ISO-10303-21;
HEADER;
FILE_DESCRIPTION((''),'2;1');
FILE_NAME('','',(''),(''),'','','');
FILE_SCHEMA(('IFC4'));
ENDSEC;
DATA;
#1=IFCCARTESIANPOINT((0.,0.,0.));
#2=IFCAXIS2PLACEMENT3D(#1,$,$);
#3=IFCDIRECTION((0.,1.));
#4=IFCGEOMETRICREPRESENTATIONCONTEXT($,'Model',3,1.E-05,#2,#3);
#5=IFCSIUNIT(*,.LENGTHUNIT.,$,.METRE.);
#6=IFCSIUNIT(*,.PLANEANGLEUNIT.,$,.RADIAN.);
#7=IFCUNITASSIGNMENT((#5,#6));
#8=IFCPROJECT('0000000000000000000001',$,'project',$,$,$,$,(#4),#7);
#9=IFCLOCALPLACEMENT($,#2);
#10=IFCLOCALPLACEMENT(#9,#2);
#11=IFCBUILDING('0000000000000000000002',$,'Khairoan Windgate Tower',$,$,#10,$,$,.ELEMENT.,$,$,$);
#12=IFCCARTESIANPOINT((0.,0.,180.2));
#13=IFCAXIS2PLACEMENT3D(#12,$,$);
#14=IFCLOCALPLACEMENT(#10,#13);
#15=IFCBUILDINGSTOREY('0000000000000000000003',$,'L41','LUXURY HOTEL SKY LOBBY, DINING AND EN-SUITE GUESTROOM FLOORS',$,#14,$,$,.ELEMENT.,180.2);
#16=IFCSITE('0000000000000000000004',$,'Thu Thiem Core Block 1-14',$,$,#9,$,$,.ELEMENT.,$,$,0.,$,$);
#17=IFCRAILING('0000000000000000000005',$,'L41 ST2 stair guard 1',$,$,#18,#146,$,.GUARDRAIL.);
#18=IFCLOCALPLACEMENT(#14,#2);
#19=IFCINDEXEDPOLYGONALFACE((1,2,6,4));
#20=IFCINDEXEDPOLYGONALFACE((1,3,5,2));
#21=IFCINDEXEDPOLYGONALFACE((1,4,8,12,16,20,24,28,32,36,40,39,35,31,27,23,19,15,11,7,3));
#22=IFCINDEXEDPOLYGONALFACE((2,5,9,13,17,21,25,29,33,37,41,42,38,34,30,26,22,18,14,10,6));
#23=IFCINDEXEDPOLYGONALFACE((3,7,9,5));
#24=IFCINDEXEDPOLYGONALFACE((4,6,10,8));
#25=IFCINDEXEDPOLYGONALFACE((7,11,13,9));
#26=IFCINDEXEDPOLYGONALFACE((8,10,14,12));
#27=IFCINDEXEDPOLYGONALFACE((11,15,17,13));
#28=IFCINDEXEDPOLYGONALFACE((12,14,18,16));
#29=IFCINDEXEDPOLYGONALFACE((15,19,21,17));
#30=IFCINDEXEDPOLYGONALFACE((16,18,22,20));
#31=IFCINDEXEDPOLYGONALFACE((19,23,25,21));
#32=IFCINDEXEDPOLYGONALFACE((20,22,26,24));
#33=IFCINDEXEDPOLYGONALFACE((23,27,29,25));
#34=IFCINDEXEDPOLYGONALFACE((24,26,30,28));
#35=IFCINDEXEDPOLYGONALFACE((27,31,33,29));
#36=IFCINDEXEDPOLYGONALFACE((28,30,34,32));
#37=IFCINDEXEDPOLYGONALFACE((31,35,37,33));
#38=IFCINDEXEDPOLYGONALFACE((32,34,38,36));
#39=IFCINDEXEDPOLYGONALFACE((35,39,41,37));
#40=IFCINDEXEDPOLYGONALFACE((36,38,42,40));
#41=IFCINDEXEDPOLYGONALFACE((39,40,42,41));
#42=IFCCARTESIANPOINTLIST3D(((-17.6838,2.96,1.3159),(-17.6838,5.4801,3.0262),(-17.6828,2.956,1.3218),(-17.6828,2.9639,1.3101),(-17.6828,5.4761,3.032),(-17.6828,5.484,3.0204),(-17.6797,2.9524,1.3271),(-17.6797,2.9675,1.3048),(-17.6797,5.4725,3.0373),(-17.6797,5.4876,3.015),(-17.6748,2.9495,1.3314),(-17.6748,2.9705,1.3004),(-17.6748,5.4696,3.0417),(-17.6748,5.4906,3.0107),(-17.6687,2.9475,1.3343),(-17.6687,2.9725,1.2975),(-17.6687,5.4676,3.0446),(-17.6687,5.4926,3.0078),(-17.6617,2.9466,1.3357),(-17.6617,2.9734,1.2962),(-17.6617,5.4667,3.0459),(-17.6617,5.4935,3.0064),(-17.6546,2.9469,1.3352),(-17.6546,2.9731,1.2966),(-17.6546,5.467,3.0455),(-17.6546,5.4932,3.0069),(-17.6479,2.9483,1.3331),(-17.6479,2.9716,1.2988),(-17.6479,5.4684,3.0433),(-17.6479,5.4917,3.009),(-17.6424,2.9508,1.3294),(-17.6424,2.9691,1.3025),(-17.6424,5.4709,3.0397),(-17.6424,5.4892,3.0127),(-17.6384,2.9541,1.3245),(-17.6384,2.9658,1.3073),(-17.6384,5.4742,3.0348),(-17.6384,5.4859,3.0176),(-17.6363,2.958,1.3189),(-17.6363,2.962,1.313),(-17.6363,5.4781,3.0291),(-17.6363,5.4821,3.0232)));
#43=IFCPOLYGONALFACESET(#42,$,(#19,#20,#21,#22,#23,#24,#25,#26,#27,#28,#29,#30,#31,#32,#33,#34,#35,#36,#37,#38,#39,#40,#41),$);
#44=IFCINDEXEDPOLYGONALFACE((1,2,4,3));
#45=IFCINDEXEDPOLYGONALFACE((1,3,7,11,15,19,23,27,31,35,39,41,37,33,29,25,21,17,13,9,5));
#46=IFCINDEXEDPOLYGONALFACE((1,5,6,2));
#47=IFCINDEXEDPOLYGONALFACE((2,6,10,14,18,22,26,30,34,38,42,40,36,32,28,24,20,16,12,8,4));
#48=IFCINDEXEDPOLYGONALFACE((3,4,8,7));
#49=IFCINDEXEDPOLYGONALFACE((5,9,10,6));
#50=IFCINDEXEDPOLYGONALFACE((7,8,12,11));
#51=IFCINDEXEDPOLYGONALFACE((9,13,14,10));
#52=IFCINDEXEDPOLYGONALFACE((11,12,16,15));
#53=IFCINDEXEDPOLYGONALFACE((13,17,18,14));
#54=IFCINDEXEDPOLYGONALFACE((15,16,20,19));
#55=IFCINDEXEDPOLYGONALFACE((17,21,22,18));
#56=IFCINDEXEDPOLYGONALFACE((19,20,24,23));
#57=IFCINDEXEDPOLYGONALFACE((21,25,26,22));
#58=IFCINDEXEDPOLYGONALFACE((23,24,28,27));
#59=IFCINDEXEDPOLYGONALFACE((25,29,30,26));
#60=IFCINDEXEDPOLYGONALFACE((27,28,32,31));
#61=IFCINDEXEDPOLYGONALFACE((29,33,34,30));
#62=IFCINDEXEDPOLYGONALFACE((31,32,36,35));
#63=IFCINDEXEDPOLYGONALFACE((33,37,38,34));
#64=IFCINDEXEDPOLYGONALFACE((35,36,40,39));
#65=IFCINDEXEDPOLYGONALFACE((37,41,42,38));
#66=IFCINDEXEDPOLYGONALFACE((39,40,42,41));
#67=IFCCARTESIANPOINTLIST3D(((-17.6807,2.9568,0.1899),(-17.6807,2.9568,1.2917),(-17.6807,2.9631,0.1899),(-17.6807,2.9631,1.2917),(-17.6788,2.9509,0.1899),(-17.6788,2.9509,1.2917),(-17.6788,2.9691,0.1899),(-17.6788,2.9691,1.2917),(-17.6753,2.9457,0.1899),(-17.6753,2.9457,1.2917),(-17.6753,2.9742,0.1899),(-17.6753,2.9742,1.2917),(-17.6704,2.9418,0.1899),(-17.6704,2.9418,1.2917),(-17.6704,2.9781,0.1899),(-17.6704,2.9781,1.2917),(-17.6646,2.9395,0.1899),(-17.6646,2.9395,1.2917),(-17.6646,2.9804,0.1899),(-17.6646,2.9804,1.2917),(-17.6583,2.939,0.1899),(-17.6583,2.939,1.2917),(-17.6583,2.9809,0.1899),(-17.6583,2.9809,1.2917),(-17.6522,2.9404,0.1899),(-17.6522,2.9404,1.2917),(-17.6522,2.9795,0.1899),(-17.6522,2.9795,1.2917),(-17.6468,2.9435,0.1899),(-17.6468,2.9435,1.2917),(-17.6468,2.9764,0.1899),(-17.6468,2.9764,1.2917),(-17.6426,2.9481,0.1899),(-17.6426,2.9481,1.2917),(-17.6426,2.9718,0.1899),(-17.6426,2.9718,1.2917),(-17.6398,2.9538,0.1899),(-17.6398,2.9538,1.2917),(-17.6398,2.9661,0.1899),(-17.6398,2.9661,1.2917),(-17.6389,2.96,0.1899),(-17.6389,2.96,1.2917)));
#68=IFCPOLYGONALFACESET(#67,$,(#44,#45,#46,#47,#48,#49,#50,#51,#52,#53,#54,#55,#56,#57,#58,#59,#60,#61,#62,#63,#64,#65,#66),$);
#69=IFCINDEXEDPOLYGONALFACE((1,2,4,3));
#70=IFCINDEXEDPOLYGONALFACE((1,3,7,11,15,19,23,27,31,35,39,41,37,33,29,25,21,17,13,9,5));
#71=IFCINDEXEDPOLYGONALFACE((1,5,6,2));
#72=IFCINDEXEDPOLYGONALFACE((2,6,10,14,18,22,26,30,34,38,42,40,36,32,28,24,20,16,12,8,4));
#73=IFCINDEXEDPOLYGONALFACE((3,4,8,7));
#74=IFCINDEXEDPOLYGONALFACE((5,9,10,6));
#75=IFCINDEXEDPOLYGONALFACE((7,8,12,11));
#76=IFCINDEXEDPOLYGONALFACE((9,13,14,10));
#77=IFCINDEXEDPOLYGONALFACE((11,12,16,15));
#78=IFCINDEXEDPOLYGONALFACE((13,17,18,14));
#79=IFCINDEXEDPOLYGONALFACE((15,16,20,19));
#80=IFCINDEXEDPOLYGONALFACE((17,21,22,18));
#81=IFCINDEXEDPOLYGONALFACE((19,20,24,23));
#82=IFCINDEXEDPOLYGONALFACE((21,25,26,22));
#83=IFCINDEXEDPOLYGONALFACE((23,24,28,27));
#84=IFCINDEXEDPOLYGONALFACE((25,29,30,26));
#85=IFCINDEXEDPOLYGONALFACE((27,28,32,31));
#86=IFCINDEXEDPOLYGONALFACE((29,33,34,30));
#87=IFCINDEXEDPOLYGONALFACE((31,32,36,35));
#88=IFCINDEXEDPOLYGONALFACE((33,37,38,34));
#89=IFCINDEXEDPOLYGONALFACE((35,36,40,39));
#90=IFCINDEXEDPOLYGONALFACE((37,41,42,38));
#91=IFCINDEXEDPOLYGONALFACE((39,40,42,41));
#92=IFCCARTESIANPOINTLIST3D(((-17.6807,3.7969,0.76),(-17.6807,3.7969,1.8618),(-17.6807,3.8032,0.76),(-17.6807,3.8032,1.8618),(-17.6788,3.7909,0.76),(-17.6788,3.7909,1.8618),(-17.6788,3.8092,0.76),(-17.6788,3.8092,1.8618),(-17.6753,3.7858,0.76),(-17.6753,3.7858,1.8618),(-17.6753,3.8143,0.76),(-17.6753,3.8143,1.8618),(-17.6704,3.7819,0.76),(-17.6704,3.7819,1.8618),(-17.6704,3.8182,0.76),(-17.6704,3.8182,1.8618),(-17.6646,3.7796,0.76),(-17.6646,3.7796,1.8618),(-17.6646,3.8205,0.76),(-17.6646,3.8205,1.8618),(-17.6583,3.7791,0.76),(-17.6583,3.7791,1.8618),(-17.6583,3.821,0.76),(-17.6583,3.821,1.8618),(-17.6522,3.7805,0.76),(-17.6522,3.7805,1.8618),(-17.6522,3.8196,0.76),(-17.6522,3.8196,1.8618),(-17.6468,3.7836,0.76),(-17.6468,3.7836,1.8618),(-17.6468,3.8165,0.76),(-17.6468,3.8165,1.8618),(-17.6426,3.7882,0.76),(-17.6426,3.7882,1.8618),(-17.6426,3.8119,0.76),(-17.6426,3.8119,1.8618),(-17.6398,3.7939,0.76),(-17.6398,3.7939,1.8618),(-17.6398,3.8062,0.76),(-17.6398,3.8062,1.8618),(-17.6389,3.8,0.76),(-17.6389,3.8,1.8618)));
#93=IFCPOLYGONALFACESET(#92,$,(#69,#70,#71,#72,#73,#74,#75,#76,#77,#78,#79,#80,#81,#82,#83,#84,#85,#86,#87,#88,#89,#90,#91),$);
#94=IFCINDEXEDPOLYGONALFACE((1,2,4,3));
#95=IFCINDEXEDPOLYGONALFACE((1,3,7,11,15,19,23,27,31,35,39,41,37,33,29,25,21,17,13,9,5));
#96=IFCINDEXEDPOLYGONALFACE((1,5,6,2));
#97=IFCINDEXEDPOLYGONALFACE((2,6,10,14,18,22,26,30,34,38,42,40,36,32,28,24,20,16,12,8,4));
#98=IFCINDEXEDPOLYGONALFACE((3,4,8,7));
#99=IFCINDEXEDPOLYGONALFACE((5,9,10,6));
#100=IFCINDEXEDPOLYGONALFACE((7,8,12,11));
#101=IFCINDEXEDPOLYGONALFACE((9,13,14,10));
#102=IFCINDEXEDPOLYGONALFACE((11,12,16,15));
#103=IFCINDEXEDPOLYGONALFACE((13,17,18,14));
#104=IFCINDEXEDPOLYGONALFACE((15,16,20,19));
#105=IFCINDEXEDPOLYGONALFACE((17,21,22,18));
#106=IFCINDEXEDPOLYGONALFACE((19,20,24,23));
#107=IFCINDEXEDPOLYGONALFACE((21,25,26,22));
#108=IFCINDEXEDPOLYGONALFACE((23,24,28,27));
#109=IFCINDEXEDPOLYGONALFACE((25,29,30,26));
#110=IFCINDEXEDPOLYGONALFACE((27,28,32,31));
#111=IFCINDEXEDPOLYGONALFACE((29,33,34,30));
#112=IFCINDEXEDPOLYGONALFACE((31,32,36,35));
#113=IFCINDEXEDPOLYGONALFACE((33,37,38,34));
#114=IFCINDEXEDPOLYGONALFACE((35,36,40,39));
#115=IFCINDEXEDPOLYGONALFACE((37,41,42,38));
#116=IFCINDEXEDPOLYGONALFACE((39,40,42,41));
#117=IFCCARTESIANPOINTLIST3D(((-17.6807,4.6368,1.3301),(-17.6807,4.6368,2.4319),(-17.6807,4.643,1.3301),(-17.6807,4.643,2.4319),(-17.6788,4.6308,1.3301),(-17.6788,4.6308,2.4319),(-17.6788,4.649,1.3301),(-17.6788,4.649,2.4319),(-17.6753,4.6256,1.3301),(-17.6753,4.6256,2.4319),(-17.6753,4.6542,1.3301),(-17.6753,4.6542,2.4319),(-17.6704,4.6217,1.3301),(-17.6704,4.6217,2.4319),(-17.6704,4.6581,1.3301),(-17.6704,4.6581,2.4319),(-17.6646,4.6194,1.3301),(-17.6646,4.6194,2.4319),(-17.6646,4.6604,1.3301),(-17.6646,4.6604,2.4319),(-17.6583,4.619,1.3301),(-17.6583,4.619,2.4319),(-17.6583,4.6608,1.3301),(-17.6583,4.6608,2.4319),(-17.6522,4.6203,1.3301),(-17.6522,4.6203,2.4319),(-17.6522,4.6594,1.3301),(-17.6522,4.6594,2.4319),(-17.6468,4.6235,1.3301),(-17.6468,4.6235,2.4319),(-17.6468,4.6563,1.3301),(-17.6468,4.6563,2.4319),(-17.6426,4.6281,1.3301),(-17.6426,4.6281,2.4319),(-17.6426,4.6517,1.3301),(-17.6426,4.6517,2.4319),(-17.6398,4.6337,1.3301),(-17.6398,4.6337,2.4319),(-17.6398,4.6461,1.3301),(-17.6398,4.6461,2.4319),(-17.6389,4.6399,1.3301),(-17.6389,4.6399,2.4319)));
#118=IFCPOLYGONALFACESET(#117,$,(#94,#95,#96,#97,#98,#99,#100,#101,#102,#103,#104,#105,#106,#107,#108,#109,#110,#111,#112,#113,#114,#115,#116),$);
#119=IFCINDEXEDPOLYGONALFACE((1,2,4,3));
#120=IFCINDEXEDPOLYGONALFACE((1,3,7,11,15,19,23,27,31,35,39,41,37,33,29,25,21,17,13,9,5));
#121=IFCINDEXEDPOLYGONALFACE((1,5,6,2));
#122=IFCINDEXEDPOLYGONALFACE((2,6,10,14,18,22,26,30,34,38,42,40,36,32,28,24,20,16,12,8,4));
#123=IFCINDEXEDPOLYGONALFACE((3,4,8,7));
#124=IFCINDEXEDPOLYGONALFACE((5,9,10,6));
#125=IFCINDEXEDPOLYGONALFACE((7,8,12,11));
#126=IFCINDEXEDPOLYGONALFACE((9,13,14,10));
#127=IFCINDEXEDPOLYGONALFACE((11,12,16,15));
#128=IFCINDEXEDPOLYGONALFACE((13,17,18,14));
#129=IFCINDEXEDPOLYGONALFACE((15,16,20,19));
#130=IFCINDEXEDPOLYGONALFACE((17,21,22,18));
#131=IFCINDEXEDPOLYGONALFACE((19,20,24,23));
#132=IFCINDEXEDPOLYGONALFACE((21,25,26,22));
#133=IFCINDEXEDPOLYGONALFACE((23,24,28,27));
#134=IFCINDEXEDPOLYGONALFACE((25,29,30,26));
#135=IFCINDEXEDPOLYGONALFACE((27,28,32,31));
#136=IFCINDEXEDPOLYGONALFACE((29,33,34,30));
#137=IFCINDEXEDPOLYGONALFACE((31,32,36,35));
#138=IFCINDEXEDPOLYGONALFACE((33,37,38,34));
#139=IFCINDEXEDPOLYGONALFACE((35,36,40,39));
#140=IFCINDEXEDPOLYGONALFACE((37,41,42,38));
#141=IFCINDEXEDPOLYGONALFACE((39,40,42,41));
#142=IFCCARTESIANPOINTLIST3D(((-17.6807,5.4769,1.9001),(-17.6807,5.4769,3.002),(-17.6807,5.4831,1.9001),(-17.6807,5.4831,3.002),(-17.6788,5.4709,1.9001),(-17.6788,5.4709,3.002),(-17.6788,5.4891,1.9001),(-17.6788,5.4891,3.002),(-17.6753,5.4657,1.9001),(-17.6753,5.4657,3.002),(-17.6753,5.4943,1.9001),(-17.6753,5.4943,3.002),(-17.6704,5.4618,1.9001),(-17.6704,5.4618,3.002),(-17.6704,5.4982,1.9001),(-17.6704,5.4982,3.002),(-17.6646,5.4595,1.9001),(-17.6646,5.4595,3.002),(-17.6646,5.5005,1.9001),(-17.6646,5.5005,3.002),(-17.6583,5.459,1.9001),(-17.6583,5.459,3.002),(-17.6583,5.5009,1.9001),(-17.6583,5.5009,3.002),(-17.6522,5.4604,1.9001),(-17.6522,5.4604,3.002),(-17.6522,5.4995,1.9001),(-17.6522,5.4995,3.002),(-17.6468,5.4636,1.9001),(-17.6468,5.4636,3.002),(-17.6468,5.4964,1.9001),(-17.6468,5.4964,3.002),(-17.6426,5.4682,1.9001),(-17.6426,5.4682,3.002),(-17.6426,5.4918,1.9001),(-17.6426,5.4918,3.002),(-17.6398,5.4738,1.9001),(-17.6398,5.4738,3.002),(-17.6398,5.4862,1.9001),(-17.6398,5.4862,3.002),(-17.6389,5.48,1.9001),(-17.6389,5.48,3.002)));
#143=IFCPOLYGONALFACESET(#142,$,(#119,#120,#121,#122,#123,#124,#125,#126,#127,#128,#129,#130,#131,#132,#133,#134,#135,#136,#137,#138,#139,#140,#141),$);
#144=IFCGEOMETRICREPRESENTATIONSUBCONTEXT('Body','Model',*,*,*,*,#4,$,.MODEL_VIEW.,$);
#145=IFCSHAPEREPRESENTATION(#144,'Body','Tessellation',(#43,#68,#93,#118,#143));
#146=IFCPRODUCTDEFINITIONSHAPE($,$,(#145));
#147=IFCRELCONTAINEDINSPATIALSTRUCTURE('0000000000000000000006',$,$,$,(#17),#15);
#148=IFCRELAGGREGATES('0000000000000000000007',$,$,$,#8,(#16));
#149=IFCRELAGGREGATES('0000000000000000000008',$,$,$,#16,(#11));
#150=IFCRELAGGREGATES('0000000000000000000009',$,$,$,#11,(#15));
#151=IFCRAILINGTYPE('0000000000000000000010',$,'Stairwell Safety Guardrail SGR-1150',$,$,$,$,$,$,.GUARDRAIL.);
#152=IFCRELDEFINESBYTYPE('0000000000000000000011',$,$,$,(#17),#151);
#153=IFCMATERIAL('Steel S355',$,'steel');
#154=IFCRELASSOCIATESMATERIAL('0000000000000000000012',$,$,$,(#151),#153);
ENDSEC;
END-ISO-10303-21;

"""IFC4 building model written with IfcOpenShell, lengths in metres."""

from ifc_helpers import new_model, si_unit, direction, frame, origin, origin_2d, place, context, subcontext, project, spatial, circle, extrude, material, type_object, element, save


model = new_model("IFC4")

# Units and contexts
model_context = context("Model", 3, precision=1e-05, world=origin(), true_north=direction((0.0, 1.0)))
body_context = subcontext(model_context, "Body", "Model", "MODEL_VIEW")
ifc_project = project(units=[si_unit("LENGTHUNIT", "METRE"), si_unit("PLANEANGLEUNIT", "RADIAN")], contexts=[model_context])

# Site, building, storey
site_placement = place(None, origin())
site = spatial("IfcSite", under=ifc_project, at=site_placement, Name="Thu Thiem Core Block 1-14", CompositionType="ELEMENT", RefElevation=0.0)
building_placement = place(site_placement, origin())
building = spatial("IfcBuilding", under=site, at=building_placement, Name="Khairoan Windgate Tower", CompositionType="ELEMENT")
storey_placement = place(building_placement, frame((0.0, 0.0, 180.2)))
storey = spatial("IfcBuildingStorey", under=building, at=storey_placement, Name="L41", Description="LUXURY HOTEL SKY LOBBY, DINING AND EN-SUITE GUESTROOM FLOORS", CompositionType="ELEMENT", Elevation=180.2)

# Railing
ifc_material_1 = material(Name="Steel S355", Category="steel")
railing_type_1 = type_object("IfcRailingType", Name="Stairwell Safety Guardrail SGR-1150", PredefinedType="GUARDRAIL", material=ifc_material_1)
railing_1_placement = place(storey_placement, frame((-17.6599, 2.96, 0.1899)))
element("IfcRailing", 1, at=railing_1_placement, inside=storey, type_object=railing_type_1, Name="L41 ST2 stair guard 1", PredefinedType="GUARDRAIL", context=body_context, shape_type="SweptSolid", body=[
    extrude(circle(Radius=0.0239, at=origin_2d()), frame((0.0, 0.0, 1.126), z_axis=(0.0, 0.827447, 0.561545), x_axis=(-1.0, 0.0, 0.0)), (0.0, 0.0, 1.0), 3.0457),
    extrude(circle(Radius=0.021, at=origin_2d()), origin(), (0.0, 0.0, 1.0), 1.1018),
    extrude(circle(Radius=0.021, at=origin_2d()), frame((0.0, 0.8401, 0.5701)), (0.0, 0.0, 1.0), 1.1018),
    extrude(circle(Radius=0.021, at=origin_2d()), frame((0.0, 1.6799, 1.1401)), (0.0, 0.0, 1.0), 1.1018),
    extrude(circle(Radius=0.021, at=origin_2d()), frame((0.0, 2.52, 1.7102)), (0.0, 0.0, 1.0), 1.1018),
])

save(model, "model.ifc")
